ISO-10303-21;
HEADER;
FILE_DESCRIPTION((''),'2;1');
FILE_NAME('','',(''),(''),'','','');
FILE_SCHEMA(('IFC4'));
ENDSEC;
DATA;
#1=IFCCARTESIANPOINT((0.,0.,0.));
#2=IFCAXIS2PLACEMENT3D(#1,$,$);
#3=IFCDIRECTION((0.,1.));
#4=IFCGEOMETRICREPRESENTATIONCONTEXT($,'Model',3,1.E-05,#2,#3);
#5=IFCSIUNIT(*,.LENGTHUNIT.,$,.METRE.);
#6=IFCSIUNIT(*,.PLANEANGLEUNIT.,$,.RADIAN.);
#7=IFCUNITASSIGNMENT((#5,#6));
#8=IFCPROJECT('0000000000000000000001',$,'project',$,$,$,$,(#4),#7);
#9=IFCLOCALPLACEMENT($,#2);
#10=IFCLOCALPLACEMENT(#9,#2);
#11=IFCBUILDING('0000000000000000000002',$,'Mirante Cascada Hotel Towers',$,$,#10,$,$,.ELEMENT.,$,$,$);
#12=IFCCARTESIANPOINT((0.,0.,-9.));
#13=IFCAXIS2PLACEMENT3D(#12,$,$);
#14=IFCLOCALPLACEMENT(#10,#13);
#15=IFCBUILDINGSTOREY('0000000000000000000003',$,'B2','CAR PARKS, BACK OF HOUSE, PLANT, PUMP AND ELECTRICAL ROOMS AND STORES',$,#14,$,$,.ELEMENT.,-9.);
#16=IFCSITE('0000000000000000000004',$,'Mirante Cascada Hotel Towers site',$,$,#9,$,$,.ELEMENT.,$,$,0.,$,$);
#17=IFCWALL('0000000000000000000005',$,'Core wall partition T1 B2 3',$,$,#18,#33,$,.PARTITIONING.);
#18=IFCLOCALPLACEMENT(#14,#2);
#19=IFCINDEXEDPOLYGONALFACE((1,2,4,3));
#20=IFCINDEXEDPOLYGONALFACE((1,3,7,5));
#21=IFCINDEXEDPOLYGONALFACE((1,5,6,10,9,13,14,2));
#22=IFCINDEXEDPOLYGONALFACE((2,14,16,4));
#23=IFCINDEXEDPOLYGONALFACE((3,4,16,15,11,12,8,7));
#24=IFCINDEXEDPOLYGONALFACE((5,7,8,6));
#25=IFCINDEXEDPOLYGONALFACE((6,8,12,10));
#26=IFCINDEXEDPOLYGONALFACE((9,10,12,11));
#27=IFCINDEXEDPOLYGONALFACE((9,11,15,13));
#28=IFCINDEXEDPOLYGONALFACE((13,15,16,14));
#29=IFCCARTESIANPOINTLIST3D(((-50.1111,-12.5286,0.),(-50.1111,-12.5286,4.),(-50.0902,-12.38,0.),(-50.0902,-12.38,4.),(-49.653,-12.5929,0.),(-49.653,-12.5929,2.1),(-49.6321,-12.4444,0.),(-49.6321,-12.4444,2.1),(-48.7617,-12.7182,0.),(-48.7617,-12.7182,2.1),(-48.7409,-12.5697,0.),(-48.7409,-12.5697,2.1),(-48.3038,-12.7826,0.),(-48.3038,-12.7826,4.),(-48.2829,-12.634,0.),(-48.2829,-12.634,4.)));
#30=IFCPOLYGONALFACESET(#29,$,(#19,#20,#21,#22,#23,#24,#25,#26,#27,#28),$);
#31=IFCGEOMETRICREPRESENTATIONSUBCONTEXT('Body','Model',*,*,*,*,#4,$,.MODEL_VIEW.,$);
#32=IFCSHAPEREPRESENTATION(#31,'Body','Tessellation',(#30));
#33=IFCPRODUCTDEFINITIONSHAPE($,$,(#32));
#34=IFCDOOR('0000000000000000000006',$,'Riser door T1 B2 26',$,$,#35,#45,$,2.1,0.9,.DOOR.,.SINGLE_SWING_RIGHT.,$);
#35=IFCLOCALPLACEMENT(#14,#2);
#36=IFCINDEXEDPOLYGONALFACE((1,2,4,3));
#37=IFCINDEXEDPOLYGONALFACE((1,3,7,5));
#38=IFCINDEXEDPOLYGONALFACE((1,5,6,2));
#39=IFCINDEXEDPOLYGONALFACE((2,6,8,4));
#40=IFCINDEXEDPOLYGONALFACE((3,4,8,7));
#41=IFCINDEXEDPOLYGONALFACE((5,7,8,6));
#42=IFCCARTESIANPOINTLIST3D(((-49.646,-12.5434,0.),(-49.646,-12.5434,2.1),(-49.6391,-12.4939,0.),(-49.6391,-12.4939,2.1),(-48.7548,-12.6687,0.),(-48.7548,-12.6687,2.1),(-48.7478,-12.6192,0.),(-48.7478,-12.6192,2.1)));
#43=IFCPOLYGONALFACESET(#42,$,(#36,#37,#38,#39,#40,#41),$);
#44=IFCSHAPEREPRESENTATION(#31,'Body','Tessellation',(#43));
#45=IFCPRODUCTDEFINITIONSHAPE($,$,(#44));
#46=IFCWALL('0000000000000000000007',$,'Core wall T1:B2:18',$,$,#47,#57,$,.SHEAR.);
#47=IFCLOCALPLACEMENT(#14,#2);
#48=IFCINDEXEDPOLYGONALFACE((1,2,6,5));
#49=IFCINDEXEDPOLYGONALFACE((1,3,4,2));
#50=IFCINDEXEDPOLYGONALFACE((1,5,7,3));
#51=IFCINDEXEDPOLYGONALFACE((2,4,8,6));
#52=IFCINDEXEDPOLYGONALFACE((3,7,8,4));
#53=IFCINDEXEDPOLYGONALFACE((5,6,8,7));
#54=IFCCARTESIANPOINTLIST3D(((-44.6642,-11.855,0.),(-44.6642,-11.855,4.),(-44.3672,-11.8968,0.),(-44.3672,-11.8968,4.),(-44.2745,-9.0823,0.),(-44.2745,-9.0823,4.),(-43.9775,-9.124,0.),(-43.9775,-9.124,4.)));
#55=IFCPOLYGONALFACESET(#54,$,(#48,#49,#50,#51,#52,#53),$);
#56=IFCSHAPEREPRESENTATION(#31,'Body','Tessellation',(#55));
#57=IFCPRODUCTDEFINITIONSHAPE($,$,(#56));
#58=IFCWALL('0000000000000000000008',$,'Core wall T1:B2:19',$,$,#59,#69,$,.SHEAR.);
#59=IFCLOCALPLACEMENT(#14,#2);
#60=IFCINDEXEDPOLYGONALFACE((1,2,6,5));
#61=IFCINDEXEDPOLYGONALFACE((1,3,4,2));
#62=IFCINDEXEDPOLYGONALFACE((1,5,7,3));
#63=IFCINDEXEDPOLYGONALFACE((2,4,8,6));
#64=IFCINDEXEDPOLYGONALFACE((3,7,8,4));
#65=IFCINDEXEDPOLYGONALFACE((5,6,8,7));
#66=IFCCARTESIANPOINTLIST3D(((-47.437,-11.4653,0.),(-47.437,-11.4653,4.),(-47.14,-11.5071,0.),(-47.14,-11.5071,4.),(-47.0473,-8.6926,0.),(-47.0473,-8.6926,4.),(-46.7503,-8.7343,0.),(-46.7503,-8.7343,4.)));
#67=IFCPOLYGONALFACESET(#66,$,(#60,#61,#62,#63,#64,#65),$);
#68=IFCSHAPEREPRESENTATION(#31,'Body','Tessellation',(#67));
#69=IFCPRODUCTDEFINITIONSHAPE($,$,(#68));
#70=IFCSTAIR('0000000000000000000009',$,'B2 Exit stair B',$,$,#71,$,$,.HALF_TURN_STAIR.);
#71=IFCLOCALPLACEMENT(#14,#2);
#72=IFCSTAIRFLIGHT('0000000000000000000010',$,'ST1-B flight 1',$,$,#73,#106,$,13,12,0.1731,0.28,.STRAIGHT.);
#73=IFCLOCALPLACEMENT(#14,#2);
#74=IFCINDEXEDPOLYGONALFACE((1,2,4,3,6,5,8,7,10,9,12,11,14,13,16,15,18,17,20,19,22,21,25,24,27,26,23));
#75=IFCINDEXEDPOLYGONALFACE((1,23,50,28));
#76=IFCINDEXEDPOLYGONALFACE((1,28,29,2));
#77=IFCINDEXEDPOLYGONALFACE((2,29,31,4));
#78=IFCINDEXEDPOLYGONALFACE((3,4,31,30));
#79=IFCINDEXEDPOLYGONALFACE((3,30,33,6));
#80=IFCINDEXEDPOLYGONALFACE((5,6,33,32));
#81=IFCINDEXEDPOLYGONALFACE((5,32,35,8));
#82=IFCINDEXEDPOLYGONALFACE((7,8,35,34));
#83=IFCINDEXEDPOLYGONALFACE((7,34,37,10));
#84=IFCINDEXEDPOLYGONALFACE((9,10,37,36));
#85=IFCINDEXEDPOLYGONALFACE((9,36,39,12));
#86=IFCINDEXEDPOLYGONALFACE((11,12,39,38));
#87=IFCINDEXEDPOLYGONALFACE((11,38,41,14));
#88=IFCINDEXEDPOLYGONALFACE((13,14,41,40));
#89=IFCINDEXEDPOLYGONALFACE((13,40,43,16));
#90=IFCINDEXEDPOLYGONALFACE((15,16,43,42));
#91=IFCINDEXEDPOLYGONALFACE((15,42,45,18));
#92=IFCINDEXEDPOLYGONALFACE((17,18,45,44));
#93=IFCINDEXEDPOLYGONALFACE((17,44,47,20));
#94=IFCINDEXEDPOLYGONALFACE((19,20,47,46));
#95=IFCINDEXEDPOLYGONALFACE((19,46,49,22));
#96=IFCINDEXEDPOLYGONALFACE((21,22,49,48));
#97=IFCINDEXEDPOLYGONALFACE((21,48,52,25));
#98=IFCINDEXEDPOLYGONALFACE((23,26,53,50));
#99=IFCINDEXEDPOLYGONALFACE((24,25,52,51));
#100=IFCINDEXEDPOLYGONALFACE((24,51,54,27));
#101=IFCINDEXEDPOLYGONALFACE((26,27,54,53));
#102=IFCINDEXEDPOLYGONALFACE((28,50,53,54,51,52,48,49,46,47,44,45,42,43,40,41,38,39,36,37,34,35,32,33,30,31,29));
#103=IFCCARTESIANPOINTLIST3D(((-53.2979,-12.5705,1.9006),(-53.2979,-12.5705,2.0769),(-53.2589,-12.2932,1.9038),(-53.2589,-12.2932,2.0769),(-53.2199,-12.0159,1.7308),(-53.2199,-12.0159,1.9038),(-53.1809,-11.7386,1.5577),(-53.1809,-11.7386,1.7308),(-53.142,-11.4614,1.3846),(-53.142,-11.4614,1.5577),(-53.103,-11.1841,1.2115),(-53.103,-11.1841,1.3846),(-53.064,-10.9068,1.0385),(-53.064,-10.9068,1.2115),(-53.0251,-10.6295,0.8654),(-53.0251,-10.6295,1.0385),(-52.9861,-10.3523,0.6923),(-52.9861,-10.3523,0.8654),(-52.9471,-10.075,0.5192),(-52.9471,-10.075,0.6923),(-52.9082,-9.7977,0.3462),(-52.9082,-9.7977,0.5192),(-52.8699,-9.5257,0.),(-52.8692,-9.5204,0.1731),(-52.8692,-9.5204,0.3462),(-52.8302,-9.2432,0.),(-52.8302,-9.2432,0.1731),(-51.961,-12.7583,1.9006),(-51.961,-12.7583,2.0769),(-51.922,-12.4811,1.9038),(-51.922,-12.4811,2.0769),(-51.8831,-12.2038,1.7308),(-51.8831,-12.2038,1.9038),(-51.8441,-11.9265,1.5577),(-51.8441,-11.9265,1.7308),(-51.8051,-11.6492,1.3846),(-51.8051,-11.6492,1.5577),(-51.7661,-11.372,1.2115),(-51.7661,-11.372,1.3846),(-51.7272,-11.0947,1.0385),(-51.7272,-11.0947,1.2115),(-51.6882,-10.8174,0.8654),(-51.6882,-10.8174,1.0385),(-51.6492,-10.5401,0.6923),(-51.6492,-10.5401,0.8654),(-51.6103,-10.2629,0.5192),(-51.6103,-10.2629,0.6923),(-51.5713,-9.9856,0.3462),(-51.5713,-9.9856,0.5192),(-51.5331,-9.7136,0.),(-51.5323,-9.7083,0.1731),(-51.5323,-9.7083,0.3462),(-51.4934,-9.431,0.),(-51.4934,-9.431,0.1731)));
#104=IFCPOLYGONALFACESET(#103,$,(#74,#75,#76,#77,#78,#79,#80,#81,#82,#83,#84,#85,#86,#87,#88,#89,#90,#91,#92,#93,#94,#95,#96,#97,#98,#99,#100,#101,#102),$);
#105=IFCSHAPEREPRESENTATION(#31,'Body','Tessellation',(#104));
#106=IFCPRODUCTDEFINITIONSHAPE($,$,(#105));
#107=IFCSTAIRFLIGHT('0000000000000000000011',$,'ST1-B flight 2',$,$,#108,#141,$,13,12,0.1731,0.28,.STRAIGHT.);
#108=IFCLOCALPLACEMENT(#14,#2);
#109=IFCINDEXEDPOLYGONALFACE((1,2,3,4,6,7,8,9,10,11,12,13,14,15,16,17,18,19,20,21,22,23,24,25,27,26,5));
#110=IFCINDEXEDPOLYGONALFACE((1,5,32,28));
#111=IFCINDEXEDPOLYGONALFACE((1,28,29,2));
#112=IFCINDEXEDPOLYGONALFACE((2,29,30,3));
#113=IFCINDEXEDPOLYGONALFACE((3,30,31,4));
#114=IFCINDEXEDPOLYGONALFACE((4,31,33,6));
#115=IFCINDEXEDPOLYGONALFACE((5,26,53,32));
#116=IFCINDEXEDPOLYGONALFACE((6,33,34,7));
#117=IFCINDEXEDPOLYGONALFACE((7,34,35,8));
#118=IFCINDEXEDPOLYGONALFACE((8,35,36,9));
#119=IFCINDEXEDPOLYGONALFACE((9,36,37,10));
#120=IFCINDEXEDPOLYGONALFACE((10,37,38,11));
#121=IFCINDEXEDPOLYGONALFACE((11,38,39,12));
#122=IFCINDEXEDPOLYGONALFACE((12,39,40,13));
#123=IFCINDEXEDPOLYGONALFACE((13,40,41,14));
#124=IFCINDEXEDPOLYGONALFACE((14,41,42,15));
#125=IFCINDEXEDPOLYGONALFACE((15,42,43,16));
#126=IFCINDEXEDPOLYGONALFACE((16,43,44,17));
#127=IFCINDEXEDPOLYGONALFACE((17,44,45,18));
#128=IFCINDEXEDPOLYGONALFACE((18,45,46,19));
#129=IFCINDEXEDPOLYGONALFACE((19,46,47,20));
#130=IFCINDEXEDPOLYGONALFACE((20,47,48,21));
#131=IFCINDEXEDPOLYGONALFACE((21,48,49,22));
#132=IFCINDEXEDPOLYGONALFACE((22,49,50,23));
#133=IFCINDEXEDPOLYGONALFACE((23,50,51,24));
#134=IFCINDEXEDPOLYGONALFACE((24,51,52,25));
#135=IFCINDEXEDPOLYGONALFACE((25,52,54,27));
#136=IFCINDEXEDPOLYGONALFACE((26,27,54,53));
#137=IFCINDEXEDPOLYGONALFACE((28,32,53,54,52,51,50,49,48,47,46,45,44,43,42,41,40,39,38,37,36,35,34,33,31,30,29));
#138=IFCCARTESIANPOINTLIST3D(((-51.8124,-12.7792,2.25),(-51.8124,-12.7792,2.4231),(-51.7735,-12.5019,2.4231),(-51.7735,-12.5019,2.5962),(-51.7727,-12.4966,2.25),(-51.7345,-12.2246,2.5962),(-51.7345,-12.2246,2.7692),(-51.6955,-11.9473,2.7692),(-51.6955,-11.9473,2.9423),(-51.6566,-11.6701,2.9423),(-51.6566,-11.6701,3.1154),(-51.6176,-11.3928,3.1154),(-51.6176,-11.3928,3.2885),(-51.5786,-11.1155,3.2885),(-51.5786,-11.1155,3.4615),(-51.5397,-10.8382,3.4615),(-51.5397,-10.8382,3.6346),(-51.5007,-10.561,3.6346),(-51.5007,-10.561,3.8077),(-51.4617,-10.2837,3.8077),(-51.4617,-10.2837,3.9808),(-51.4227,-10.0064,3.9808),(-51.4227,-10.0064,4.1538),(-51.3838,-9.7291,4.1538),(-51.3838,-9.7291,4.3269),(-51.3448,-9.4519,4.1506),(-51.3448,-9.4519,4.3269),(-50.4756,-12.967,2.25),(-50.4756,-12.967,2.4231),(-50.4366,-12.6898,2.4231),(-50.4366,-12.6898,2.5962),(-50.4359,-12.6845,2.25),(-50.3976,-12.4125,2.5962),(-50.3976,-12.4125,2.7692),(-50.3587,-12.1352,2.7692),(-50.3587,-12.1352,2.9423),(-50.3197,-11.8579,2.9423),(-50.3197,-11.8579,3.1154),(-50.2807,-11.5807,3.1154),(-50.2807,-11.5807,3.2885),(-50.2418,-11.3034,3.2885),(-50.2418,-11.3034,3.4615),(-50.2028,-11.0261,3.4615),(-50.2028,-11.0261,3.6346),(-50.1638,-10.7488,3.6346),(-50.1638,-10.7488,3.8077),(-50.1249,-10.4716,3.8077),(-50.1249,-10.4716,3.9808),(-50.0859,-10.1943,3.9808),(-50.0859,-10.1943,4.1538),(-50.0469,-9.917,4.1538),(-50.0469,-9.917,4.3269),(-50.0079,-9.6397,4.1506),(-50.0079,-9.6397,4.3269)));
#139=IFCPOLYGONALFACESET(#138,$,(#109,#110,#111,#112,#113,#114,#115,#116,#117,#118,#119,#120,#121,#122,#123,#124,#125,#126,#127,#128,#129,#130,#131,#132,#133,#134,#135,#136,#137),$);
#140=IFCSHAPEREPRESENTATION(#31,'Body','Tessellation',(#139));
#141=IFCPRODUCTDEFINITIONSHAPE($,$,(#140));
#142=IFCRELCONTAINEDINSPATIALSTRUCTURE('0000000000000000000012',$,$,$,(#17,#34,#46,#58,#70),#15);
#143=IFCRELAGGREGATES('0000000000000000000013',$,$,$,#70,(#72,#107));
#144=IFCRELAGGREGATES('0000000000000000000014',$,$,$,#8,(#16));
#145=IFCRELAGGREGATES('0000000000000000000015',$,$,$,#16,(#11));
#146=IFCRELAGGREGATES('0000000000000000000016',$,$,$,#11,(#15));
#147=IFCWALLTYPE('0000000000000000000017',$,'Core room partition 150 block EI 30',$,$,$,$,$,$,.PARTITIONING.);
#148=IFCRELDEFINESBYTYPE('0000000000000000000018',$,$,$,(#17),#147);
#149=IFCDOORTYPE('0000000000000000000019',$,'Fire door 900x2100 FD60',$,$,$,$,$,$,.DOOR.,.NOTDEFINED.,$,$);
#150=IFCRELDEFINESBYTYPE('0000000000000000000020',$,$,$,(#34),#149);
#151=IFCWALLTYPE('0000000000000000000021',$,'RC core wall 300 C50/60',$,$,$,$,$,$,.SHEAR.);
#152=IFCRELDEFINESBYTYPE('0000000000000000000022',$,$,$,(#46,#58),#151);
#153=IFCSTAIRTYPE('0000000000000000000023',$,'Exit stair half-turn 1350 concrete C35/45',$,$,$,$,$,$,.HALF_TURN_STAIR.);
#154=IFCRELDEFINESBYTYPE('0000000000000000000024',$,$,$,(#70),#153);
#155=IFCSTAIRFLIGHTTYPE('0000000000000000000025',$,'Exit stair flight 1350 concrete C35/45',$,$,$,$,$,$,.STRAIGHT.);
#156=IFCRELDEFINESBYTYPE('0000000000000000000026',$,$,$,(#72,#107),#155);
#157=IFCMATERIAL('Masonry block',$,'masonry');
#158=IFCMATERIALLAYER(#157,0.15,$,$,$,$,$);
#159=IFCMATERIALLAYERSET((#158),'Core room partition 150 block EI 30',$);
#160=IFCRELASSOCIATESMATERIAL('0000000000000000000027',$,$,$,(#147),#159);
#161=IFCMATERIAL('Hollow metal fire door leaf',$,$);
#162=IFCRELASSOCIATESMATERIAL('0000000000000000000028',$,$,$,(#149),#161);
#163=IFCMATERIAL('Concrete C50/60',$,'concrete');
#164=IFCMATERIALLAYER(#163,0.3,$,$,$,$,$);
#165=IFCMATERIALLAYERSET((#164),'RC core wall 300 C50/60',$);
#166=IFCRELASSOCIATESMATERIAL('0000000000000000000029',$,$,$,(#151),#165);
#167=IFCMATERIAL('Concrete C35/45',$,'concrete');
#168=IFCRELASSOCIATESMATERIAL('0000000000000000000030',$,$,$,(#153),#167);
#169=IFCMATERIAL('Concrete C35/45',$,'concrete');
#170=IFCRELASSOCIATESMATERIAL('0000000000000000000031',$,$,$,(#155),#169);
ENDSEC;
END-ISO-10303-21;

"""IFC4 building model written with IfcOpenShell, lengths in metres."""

from ifc_helpers import new_model, si_unit, direction, frame, frame_2d, origin, place, context, subcontext, project, spatial, polyline, rectangle, outline, extrude, material, layer, layer_set, type_object, element, fill, aggregate, save


model = new_model("IFC4")

# Units and contexts
model_context = context("Model", 3, precision=1e-05, world=origin(), true_north=direction((0.0, 1.0)))
body_context = subcontext(model_context, "Body", "Model", "MODEL_VIEW")
ifc_project = project(units=[si_unit("LENGTHUNIT", "METRE"), si_unit("PLANEANGLEUNIT", "RADIAN")], contexts=[model_context])

# Site, building, storey
site_placement = place(None, origin())
site = spatial("IfcSite", under=ifc_project, at=site_placement, Name="Mirante Cascada Hotel Towers site", CompositionType="ELEMENT", RefElevation=0.0)
building_placement = place(site_placement, origin())
building = spatial("IfcBuilding", under=site, at=building_placement, Name="Mirante Cascada Hotel Towers", CompositionType="ELEMENT")
storey_placement = place(building_placement, frame((0.0, 0.0, -9.0)))
storey = spatial("IfcBuildingStorey", under=building, at=storey_placement, Name="B2", Description="CAR PARKS, BACK OF HOUSE, PLANT, PUMP AND ELECTRICAL ROOMS AND STORES", CompositionType="ELEMENT", Elevation=-9.0)

# Shared definitions
ifc_material_1 = material(Name="Masonry block", Category="masonry")
ifc_layer_1 = layer(ifc_material_1, 0.15)
ifc_layer_set_1 = layer_set([ifc_layer_1], Name="Core room partition 150 block EI 30")
wall_type_1 = type_object("IfcWallType", Name="Core room partition 150 block EI 30", PredefinedType="PARTITIONING", material=ifc_layer_set_1)

# Wall, opening, door
wall_1_placement = place(storey_placement, frame((-48.2933, -12.7083, 0.0), z_axis=(0.0, 0.0, 1.0), x_axis=(-0.990268, 0.139173, 0.0)))
wall_1 = element("IfcWall", 1, at=wall_1_placement, inside=storey, type_object=wall_type_1, Name="Core wall partition T1 B2 3", PredefinedType="PARTITIONING", context=body_context, shape_type="SweptSolid", body=[
    extrude(rectangle(XDim=1.8251, YDim=0.15, at=frame_2d((0.9126, 0.0))), origin(), (0.0, 0.0, 1.0), 4.0),
])
opening_placement = place(wall_1_placement, frame((0.4625, 0.0, 0.0)))
opening = element("IfcOpeningElement", 2, at=opening_placement, cuts=wall_1, PredefinedType="OPENING", context=body_context, shape_type="SweptSolid", body=[
    extrude(rectangle(XDim=0.9, YDim=2.1, at=frame_2d((0.45, 1.05))), frame((0.0, 0.075, 0.0), z_axis=(0.0, -1.0, 0.0), x_axis=(1.0, 0.0, 0.0)), (0.0, 0.0, 1.0), 0.15),
])
ifc_material_2 = material(Name="Hollow metal fire door leaf")
door_type = type_object("IfcDoorType", Name="Fire door 900x2100 FD60", OperationType="NOTDEFINED", PredefinedType="DOOR", material=ifc_material_2)
door_placement = place(opening_placement, origin())
door = element("IfcDoor", 3, at=door_placement, inside=storey, type_object=door_type, Name="Riser door T1 B2 26", OperationType="SINGLE_SWING_RIGHT", OverallHeight=2.1, OverallWidth=0.9, PredefinedType="DOOR", context=body_context, shape_type="SweptSolid", body=[
    extrude(rectangle(XDim=0.9, YDim=2.1, at=frame_2d((0.45, 1.05))), frame((0.0, 0.025, 0.0), z_axis=(0.0, -1.0, 0.0), x_axis=(1.0, 0.0, 0.0)), (0.0, 0.0, 1.0), 0.05),
])
fill(opening, door)

# Walls
ifc_material_3 = material(Name="Concrete C50/60", Category="concrete")
ifc_layer_2 = layer(ifc_material_3, 0.3)
ifc_layer_set_2 = layer_set([ifc_layer_2], Name="RC core wall 300 C50/60")
wall_type_2 = type_object("IfcWallType", Name="RC core wall 300 C50/60", PredefinedType="SHEAR", material=ifc_layer_set_2)
for number, where, z_axis, x_axis, name in (
    (4, (-44.5157, -11.8759, 0.0), (0.0, 0.0, 1.0), (0.139181, 0.990267, 0.0), "Core wall T1:B2:18"),
    (5, (-47.2885, -11.4862, 0.0), (0.0, 0.0, 1.0), (0.139181, 0.990267, 0.0), "Core wall T1:B2:19"),
):
    element("IfcWall", number, at=place(storey_placement, frame(where, z_axis=z_axis, x_axis=x_axis)), inside=storey, type_object=wall_type_2, Name=name, PredefinedType="SHEAR", context=body_context, shape_type="SweptSolid", body=[
        extrude(rectangle(XDim=2.8, YDim=0.3, at=frame_2d((1.4, 0.0))), origin(), (0.0, 0.0, 1.0), 4.0),
    ])

# Stair, stair flights
ifc_material_4 = material(Name="Concrete C35/45", Category="concrete")
stair_type = type_object("IfcStairType", Name="Exit stair half-turn 1350 concrete C35/45", PredefinedType="HALF_TURN_STAIR", material=ifc_material_4)
stair_placement = place(storey_placement, origin())
stair = element("IfcStair", 6, at=stair_placement, inside=storey, type_object=stair_type, Name="B2 Exit stair B", PredefinedType="HALF_TURN_STAIR")
ifc_material_5 = material(Name="Concrete C35/45", Category="concrete")
stair_flight_type = type_object("IfcStairFlightType", Name="Exit stair flight 1350 concrete C35/45", PredefinedType="STRAIGHT", material=ifc_material_5)
stair_flight_1_placement = place(storey_placement, frame((-52.1618, -9.3371, 0.0), z_axis=(0.0, 0.0, 1.0), x_axis=(-0.139173, -0.990268, 0.0)))
stair_flight_1 = element("IfcStairFlight", 7, at=stair_flight_1_placement, type_object=stair_flight_type, Name="ST1-B flight 1", NumberOfRisers=13, NumberOfTreads=12, PredefinedType="STRAIGHT", RiserHeight=0.1731, TreadLength=0.28, context=body_context, shape_type="SweptSolid", body=[
    extrude(outline(polyline([(0.0, 0.0), (0.0, 0.1731), (0.28, 0.1731), (0.28, 0.3462), (0.56, 0.3462), (0.56, 0.5192), (0.84, 0.5192), (0.84, 0.6923), (1.12, 0.6923), (1.12, 0.8654), (1.4, 0.8654), (1.4, 1.0385), (1.68, 1.0385), (1.68, 1.2115), (1.96, 1.2115), (1.96, 1.3846), (2.24, 1.3846), (2.24, 1.5577), (2.52, 1.5577), (2.52, 1.7308), (2.8, 1.7308), (2.8, 1.9038), (3.08, 1.9038), (3.08, 2.0769), (3.36, 2.0769), (3.36, 2.25), (3.36, 1.9006), (0.2853, 0.0), (0.0, 0.0)])), frame((0.0, 0.675, 0.0), z_axis=(0.0, -1.0, 0.0), x_axis=(1.0, 0.0, 0.0)), (0.0, 0.0, 1.0), 1.35),
])
stair_flight_2_placement = place(storey_placement, frame((-51.144, -12.8731, 2.25), z_axis=(0.0, 0.0, 1.0), x_axis=(0.139173, 0.990268, 0.0)))
stair_flight_2 = element("IfcStairFlight", 8, at=stair_flight_2_placement, type_object=stair_flight_type, Name="ST1-B flight 2", NumberOfRisers=13, NumberOfTreads=12, PredefinedType="STRAIGHT", RiserHeight=0.1731, TreadLength=0.28, context=body_context, shape_type="SweptSolid", body=[
    extrude(outline(polyline([(0.0, 0.0), (0.0, 0.1731), (0.28, 0.1731), (0.28, 0.3462), (0.56, 0.3462), (0.56, 0.5192), (0.84, 0.5192), (0.84, 0.6923), (1.12, 0.6923), (1.12, 0.8654), (1.4, 0.8654), (1.4, 1.0385), (1.68, 1.0385), (1.68, 1.2115), (1.96, 1.2115), (1.96, 1.3846), (2.24, 1.3846), (2.24, 1.5577), (2.52, 1.5577), (2.52, 1.7308), (2.8, 1.7308), (2.8, 1.9038), (3.08, 1.9038), (3.08, 2.0769), (3.36, 2.0769), (3.36, 2.25), (3.36, 1.9006), (0.2853, 0.0), (0.0, 0.0)])), frame((0.0, 0.675, 0.0), z_axis=(0.0, -1.0, 0.0), x_axis=(1.0, 0.0, 0.0)), (0.0, 0.0, 1.0), 1.35),
])
aggregate(stair, [stair_flight_1, stair_flight_2])

save(model, "model.ifc")
